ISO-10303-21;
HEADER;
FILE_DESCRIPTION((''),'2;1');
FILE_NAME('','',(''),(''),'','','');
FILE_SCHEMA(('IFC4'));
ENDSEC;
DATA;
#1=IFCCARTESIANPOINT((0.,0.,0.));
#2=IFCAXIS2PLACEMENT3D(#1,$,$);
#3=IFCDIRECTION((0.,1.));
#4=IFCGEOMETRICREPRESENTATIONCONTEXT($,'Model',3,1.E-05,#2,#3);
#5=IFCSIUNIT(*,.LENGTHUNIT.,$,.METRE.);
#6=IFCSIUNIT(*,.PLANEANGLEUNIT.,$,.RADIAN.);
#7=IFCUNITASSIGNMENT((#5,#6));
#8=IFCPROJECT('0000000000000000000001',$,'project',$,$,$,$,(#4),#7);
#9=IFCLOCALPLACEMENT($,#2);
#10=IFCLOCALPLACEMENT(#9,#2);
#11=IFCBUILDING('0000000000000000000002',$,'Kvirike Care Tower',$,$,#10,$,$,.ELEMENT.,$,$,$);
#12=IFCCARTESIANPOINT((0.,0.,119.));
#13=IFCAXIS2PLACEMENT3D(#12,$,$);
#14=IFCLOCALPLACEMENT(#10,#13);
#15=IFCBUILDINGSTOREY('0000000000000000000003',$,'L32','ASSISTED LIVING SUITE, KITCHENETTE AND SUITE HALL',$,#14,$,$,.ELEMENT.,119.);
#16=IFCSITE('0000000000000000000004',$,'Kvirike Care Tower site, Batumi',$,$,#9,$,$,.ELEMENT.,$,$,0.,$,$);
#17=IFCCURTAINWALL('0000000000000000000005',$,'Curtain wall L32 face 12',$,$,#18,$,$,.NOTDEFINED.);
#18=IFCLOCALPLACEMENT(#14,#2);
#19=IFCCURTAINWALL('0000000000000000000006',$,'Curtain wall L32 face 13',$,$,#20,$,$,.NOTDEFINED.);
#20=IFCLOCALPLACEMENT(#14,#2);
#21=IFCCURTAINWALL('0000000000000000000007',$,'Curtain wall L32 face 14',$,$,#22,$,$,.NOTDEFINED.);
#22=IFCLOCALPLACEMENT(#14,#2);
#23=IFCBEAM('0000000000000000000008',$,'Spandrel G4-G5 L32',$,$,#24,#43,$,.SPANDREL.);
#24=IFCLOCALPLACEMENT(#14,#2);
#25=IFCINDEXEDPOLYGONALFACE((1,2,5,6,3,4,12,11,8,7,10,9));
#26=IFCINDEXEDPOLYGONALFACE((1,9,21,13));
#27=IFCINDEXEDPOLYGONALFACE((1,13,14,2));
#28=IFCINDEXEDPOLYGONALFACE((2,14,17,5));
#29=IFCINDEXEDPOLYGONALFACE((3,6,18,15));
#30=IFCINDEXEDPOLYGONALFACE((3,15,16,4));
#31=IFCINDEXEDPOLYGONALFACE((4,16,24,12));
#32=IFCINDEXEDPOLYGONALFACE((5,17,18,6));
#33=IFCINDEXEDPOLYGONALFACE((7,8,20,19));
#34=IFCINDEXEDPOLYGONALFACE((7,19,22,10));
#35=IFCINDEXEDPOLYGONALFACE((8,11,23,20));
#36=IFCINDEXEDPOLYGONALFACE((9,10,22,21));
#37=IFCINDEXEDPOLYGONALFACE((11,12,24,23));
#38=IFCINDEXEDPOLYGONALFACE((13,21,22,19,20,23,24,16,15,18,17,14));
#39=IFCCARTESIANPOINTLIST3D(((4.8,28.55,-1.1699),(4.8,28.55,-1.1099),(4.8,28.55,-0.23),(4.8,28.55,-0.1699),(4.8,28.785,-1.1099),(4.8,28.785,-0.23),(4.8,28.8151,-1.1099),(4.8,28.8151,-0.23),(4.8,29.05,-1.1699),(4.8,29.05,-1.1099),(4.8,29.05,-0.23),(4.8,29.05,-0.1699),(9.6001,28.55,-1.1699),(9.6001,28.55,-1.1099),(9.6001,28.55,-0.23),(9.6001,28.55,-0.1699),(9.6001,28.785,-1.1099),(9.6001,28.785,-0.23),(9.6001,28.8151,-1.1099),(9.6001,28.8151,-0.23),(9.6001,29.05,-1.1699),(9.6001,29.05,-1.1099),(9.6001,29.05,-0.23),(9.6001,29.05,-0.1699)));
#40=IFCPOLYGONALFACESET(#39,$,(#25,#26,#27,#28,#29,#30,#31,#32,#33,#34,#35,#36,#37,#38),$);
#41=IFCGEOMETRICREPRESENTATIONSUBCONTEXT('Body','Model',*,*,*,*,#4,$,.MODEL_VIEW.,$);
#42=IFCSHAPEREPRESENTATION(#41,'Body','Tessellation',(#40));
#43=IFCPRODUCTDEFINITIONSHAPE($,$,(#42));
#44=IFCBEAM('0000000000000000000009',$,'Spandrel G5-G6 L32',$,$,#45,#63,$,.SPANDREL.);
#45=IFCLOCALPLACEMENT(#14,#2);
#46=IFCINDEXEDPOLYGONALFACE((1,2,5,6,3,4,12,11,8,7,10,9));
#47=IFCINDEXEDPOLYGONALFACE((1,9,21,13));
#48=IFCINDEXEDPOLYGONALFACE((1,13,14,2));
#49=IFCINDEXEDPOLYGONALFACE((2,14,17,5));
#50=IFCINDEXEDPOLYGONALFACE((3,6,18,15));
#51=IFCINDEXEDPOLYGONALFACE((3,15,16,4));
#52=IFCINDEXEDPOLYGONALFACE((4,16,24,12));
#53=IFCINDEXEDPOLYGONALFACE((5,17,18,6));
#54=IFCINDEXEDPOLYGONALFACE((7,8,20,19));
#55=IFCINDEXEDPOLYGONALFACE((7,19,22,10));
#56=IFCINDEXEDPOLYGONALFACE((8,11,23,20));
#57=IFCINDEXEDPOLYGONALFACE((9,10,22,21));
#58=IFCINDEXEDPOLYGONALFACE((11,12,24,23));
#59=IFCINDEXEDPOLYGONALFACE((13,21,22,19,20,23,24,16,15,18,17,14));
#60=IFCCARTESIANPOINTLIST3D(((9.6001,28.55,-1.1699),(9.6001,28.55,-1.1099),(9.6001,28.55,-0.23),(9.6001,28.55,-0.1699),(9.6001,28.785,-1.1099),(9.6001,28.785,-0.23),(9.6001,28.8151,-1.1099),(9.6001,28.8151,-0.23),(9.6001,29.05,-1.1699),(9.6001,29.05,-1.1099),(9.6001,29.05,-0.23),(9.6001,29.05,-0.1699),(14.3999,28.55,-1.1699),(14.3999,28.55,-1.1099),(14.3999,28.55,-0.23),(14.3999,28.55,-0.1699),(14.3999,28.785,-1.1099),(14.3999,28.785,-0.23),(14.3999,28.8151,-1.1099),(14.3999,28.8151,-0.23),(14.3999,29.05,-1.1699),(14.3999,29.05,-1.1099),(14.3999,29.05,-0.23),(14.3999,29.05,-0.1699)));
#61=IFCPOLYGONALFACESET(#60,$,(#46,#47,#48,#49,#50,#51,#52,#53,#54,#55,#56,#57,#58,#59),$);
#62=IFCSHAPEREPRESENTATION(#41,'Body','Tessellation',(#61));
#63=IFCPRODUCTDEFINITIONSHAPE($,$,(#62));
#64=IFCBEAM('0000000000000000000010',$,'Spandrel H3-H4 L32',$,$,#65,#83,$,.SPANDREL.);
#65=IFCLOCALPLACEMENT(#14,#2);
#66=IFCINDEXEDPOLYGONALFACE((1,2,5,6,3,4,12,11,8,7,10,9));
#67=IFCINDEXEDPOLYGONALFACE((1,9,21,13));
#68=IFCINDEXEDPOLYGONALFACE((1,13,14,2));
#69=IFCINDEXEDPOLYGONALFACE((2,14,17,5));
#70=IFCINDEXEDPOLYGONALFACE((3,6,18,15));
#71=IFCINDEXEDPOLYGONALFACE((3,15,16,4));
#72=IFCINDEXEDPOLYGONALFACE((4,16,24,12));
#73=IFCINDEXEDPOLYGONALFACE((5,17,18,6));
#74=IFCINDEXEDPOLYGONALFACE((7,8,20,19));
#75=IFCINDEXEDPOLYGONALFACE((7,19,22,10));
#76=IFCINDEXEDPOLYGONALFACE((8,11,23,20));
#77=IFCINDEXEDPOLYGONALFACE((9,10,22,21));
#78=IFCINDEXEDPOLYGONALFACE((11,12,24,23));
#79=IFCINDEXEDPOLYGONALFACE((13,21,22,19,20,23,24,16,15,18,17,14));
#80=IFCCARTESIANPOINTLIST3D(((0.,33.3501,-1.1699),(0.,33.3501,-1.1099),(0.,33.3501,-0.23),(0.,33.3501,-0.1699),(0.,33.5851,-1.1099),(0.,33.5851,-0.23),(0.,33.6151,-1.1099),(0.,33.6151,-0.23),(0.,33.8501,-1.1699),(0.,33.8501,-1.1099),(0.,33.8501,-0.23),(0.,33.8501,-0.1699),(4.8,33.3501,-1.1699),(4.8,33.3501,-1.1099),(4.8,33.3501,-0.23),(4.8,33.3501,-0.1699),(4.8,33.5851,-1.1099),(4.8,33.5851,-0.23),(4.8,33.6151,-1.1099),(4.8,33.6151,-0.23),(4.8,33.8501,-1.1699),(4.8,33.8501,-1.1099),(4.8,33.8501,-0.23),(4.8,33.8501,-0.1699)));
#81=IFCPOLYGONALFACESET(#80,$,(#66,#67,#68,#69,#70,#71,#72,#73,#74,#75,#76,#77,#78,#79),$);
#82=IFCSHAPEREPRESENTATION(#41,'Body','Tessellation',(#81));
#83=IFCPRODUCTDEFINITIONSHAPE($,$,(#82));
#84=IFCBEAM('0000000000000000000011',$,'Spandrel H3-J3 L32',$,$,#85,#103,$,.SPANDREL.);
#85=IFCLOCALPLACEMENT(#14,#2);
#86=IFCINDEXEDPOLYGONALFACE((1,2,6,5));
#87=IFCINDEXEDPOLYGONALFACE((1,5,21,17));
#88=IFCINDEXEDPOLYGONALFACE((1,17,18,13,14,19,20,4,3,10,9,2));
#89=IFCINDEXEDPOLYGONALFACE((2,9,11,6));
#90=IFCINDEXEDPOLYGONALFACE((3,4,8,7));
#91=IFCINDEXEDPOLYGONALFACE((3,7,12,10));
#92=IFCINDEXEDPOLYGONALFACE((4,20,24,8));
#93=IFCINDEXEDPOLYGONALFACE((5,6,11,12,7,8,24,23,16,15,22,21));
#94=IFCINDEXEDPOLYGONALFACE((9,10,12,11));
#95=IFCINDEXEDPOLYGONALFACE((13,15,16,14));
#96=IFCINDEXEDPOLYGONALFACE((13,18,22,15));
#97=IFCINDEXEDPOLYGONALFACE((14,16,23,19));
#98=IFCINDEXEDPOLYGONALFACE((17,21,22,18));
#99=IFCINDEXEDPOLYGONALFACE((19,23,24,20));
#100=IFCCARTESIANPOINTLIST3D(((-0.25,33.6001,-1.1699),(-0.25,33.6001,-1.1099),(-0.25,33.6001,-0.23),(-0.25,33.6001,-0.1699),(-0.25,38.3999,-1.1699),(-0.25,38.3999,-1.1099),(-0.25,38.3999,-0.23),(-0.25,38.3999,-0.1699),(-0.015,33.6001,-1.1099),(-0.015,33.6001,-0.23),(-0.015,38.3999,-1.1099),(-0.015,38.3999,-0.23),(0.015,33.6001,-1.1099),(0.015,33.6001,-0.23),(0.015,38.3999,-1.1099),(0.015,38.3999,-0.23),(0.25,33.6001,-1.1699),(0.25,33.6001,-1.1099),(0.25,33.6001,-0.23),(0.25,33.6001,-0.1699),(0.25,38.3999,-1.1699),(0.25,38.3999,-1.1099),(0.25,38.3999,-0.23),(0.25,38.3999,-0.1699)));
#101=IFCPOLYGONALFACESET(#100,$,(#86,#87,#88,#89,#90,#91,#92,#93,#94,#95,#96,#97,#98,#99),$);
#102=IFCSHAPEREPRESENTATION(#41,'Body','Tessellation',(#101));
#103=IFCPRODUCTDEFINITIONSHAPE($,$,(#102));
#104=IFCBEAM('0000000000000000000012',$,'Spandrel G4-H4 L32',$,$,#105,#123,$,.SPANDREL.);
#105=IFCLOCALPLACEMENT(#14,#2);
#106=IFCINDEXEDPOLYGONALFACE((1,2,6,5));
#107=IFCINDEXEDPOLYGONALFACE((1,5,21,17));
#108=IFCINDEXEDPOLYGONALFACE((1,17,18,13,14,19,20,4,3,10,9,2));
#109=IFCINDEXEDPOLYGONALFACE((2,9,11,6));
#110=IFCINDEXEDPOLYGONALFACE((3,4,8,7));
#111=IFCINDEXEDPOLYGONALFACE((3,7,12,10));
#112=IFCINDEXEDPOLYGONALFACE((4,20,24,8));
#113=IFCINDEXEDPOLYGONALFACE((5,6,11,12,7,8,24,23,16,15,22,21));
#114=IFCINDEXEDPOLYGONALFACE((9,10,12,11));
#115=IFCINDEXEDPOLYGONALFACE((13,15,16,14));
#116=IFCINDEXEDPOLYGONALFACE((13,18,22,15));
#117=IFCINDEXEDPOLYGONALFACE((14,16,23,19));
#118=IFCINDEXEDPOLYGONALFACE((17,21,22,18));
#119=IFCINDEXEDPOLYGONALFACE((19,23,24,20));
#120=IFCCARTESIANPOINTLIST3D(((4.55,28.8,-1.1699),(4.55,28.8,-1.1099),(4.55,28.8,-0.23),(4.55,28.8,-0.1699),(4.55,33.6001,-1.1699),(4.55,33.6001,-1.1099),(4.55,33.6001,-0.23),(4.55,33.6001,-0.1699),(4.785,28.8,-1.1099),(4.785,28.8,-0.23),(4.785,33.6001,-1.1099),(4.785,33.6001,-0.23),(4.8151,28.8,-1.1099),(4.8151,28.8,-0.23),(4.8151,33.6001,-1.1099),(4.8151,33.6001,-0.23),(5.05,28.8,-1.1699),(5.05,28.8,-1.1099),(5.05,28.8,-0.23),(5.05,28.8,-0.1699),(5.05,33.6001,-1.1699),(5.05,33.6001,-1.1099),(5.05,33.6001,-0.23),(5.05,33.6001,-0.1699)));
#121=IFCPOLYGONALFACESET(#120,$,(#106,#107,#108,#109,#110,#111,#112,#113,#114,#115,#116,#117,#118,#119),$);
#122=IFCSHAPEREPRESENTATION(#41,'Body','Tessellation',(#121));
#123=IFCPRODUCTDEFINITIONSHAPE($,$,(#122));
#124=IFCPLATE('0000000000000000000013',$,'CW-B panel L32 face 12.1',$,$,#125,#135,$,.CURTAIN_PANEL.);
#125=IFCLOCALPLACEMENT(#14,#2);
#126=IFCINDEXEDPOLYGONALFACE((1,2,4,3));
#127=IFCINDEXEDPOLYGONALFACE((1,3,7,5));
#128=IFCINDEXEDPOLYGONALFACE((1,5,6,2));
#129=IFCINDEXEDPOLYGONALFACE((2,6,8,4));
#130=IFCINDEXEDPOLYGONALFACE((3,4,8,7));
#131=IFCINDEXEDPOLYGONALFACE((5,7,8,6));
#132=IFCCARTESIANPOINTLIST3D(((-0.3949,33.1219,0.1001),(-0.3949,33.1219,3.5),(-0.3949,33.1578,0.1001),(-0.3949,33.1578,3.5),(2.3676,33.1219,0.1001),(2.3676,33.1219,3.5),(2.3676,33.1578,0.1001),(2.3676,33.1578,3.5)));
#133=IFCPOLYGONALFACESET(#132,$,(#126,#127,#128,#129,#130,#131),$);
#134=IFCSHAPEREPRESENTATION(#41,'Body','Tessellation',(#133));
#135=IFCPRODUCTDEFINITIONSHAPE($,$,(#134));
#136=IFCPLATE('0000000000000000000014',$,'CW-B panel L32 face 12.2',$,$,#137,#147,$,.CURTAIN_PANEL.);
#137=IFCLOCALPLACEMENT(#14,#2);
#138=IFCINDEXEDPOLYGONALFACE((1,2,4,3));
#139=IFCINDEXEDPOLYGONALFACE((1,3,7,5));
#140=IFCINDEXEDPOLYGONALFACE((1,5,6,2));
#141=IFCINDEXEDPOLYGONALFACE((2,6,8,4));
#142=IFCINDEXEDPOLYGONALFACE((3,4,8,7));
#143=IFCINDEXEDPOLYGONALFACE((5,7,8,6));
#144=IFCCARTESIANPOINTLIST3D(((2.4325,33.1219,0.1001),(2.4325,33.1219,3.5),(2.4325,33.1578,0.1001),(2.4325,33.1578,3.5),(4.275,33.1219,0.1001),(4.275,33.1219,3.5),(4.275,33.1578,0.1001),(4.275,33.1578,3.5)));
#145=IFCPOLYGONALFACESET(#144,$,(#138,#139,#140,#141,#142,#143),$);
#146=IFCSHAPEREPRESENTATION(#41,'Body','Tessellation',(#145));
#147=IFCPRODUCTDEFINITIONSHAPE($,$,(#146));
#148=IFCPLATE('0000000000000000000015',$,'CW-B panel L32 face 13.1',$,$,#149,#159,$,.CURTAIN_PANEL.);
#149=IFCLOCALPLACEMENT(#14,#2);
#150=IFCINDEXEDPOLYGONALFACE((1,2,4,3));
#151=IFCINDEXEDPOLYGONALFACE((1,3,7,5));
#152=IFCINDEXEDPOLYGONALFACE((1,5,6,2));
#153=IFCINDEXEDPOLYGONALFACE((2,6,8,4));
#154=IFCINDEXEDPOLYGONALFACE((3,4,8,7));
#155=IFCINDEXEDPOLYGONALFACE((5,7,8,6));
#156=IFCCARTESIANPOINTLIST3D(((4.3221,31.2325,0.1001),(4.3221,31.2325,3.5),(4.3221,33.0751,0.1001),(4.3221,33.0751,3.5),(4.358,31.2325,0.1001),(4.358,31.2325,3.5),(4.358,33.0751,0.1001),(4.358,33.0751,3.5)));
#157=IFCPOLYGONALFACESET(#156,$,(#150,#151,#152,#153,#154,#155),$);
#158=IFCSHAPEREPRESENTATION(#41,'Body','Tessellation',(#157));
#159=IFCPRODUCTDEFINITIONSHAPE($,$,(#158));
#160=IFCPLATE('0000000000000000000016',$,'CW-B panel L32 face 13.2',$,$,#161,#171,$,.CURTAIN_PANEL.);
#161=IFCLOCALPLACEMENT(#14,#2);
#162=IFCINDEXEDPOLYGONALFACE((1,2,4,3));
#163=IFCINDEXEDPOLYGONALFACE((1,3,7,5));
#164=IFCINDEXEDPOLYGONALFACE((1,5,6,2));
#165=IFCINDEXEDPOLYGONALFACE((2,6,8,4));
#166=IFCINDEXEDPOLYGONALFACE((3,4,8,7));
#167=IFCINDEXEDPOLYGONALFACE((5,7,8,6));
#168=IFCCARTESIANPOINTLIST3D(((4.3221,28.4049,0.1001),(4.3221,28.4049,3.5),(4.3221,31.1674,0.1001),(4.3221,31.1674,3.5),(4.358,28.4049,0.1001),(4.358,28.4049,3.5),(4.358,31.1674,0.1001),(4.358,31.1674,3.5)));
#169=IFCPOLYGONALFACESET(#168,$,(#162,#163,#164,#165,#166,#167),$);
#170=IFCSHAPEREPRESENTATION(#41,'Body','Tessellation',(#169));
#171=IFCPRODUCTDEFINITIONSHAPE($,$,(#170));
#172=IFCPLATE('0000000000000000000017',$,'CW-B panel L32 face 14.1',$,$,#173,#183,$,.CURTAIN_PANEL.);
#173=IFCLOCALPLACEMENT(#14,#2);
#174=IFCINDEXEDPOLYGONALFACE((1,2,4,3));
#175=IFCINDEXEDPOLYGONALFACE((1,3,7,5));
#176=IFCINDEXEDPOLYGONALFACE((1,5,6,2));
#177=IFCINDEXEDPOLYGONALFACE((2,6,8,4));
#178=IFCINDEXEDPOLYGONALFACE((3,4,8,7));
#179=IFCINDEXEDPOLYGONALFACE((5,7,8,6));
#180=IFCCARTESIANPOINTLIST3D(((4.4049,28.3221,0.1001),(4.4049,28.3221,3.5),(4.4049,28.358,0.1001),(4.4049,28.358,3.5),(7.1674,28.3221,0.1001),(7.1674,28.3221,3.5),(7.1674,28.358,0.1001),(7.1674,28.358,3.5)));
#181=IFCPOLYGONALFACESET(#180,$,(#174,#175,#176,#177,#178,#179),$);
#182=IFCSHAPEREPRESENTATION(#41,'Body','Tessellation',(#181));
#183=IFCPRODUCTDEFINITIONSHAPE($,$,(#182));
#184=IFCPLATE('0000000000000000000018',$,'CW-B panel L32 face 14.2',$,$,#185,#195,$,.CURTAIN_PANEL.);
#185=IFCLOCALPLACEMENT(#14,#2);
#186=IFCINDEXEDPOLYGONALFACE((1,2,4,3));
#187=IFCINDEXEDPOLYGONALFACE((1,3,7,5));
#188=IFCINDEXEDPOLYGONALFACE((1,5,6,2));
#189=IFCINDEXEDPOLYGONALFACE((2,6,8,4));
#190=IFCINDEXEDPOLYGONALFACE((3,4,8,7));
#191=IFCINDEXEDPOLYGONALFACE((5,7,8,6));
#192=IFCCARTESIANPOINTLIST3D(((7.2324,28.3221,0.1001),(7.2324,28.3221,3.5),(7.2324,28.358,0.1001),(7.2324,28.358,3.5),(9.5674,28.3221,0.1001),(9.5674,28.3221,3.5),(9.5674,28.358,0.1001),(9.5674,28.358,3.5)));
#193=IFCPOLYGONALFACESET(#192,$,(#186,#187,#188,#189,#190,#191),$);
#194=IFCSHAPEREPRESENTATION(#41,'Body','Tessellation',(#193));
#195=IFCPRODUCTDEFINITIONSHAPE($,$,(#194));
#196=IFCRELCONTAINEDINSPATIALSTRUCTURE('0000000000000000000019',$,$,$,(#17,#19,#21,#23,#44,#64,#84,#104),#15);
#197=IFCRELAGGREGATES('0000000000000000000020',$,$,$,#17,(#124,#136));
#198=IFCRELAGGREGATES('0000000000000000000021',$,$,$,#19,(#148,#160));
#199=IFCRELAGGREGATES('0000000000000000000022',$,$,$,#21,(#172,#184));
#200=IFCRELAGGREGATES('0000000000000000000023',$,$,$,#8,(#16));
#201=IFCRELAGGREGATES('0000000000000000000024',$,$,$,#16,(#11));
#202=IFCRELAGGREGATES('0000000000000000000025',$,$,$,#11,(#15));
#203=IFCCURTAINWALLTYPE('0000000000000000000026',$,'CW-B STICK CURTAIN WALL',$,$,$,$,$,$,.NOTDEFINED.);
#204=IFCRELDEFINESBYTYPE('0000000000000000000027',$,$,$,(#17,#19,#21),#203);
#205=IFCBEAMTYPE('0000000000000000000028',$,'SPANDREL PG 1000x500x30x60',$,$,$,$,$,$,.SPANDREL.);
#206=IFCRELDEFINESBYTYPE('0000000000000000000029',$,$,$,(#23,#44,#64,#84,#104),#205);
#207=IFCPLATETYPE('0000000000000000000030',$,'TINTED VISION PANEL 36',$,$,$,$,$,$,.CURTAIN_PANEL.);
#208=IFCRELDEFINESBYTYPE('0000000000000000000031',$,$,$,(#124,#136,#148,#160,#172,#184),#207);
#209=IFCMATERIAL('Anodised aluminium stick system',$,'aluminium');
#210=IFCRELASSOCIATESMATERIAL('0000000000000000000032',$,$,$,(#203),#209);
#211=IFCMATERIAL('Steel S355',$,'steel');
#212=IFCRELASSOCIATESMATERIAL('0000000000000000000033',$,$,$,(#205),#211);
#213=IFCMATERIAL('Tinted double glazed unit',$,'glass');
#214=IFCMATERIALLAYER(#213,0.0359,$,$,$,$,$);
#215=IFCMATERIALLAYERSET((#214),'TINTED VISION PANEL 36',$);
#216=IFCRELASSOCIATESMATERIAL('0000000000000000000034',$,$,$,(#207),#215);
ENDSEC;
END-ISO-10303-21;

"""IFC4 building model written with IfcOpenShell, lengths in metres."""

from ifc_helpers import new_model, si_unit, direction, frame, origin, origin_2d, place, context, subcontext, project, spatial, rectangle, i_section, extrude, material, layer, layer_set, material_profile, profile_set, type_object, element, aggregate, save


model = new_model("IFC4")

# Units and contexts
model_context = context("Model", 3, precision=1e-05, world=origin(), true_north=direction((0.0, 1.0)))
body_context = subcontext(model_context, "Body", "Model", "MODEL_VIEW")
ifc_project = project(units=[si_unit("LENGTHUNIT", "METRE"), si_unit("PLANEANGLEUNIT", "RADIAN")], contexts=[model_context])

# Site, building, storey
site_placement = place(None, origin())
site = spatial("IfcSite", under=ifc_project, at=site_placement, Name="Kvirike Care Tower site, Batumi", CompositionType="ELEMENT", RefElevation=0.0)
building_placement = place(site_placement, origin())
building = spatial("IfcBuilding", under=site, at=building_placement, Name="Kvirike Care Tower", CompositionType="ELEMENT")
storey_placement = place(building_placement, frame((0.0, 0.0, 119.0)))
storey = spatial("IfcBuildingStorey", under=building, at=storey_placement, Name="L32", Description="ASSISTED LIVING SUITE, KITCHENETTE AND SUITE HALL", CompositionType="ELEMENT", Elevation=119.0)

# Curtain walls
ifc_material_1 = material(Name="Anodised aluminium stick system", Category="aluminium")
curtain_wall_type = type_object("IfcCurtainWallType", Name="CW-B STICK CURTAIN WALL", PredefinedType="NOTDEFINED", material=ifc_material_1)
curtain_wall_1_placement = place(storey_placement, origin())
curtain_wall_1 = element("IfcCurtainWall", 1, at=curtain_wall_1_placement, inside=storey, type_object=curtain_wall_type, Name="Curtain wall L32 face 12", PredefinedType="NOTDEFINED")
curtain_wall_2_placement = place(storey_placement, origin())
curtain_wall_2 = element("IfcCurtainWall", 2, at=curtain_wall_2_placement, inside=storey, type_object=curtain_wall_type, Name="Curtain wall L32 face 13", PredefinedType="NOTDEFINED")
curtain_wall_3_placement = place(storey_placement, origin())
curtain_wall_3 = element("IfcCurtainWall", 3, at=curtain_wall_3_placement, inside=storey, type_object=curtain_wall_type, Name="Curtain wall L32 face 14", PredefinedType="NOTDEFINED")

# Beams
ifc_material_2 = material(Name="Steel S355", Category="steel")
ifc_material_profile_1 = material_profile(ifc_material_2, i_section(OverallWidth=0.5, OverallDepth=1.0, WebThickness=0.03, FlangeThickness=0.0601, at=origin_2d()), Name="PG 1000x500x30x60")
ifc_profile_set_1 = profile_set([ifc_material_profile_1], Name="Steel S355")
beam_type_1 = type_object("IfcBeamType", Name="SPANDREL PG 1000x500x30x60", PredefinedType="SPANDREL", material=ifc_profile_set_1)
beam_1_placement = place(storey_placement, frame((4.8, 28.8, -0.6699), z_axis=(1.0, 0.0, 0.0), x_axis=(0.0, 1.0, 0.0)))
element("IfcBeam", 4, at=beam_1_placement, inside=storey, type_object=beam_type_1, Name="Spandrel G4-G5 L32", PredefinedType="SPANDREL", context=body_context, shape_type="SweptSolid", body=[
    extrude(i_section(OverallWidth=0.5, OverallDepth=1.0, WebThickness=0.03, FlangeThickness=0.0601, at=origin_2d()), origin(), (0.0, 0.0, 1.0), 4.8),
])
beam_2_placement = place(storey_placement, frame((9.6001, 28.8, -0.6699), z_axis=(1.0, 0.0, 0.0), x_axis=(0.0, 1.0, 0.0)))
element("IfcBeam", 5, at=beam_2_placement, inside=storey, type_object=beam_type_1, Name="Spandrel G5-G6 L32", PredefinedType="SPANDREL", context=body_context, shape_type="SweptSolid", body=[
    extrude(i_section(OverallWidth=0.5, OverallDepth=1.0, WebThickness=0.03, FlangeThickness=0.0601, at=origin_2d()), origin(), (0.0, 0.0, 1.0), 4.7998),
])
beam_3_placement = place(storey_placement, frame((0.0, 33.6001, -0.6699), z_axis=(1.0, 0.0, 0.0), x_axis=(0.0, 1.0, 0.0)))
element("IfcBeam", 6, at=beam_3_placement, inside=storey, type_object=beam_type_1, Name="Spandrel H3-H4 L32", PredefinedType="SPANDREL", context=body_context, shape_type="SweptSolid", body=[
    extrude(i_section(OverallWidth=0.5, OverallDepth=1.0, WebThickness=0.03, FlangeThickness=0.0601, at=origin_2d()), origin(), (0.0, 0.0, 1.0), 4.8),
])
beam_4_placement = place(storey_placement, frame((0.0, 33.6001, -0.6699), z_axis=(0.0, 1.0, 0.0), x_axis=(-1.0, 0.0, 0.0)))
element("IfcBeam", 7, at=beam_4_placement, inside=storey, type_object=beam_type_1, Name="Spandrel H3-J3 L32", PredefinedType="SPANDREL", context=body_context, shape_type="SweptSolid", body=[
    extrude(i_section(OverallWidth=0.5, OverallDepth=1.0, WebThickness=0.03, FlangeThickness=0.0601, at=origin_2d()), origin(), (0.0, 0.0, 1.0), 4.7998),
])
beam_5_placement = place(storey_placement, frame((4.8, 28.8, -0.6699), z_axis=(0.0, 1.0, 0.0), x_axis=(-1.0, 0.0, 0.0)))
element("IfcBeam", 8, at=beam_5_placement, inside=storey, type_object=beam_type_1, Name="Spandrel G4-H4 L32", PredefinedType="SPANDREL", context=body_context, shape_type="SweptSolid", body=[
    extrude(i_section(OverallWidth=0.5, OverallDepth=1.0, WebThickness=0.03, FlangeThickness=0.0601, at=origin_2d()), origin(), (0.0, 0.0, 1.0), 4.8),
])

# Plates
ifc_material_3 = material(Name="Tinted double glazed unit", Category="glass")
ifc_layer_1 = layer(ifc_material_3, 0.0359)
ifc_layer_set_1 = layer_set([ifc_layer_1], Name="TINTED VISION PANEL 36")
plate_type = type_object("IfcPlateType", Name="TINTED VISION PANEL 36", PredefinedType="CURTAIN_PANEL", material=ifc_layer_set_1)
plate_1_placement = place(storey_placement, frame((0.9863, 33.1399, 0.1001), z_axis=(0.0, 0.0, 1.0), x_axis=(1.0, 0.0, 0.0)))
plate_1 = element("IfcPlate", 9, at=plate_1_placement, type_object=plate_type, Name="CW-B panel L32 face 12.1", PredefinedType="CURTAIN_PANEL", context=body_context, shape_type="SweptSolid", body=[
    extrude(rectangle(XDim=2.7625, YDim=0.0359, at=origin_2d()), origin(), (0.0, 0.0, 1.0), 3.3999),
])
plate_2_placement = place(storey_placement, frame((3.3538, 33.1399, 0.1001), z_axis=(0.0, 0.0, 1.0), x_axis=(1.0, 0.0, 0.0)))
plate_2 = element("IfcPlate", 10, at=plate_2_placement, type_object=plate_type, Name="CW-B panel L32 face 12.2", PredefinedType="CURTAIN_PANEL", context=body_context, shape_type="SweptSolid", body=[
    extrude(rectangle(XDim=1.8425, YDim=0.0359, at=origin_2d()), origin(), (0.0, 0.0, 1.0), 3.3999),
])
aggregate(curtain_wall_1, [plate_1, plate_2])
plate_3_placement = place(storey_placement, frame((4.3401, 32.1538, 0.1001), z_axis=(0.0, 0.0, 1.0), x_axis=(0.0, -1.0, 0.0)))
plate_3 = element("IfcPlate", 11, at=plate_3_placement, type_object=plate_type, Name="CW-B panel L32 face 13.1", PredefinedType="CURTAIN_PANEL", context=body_context, shape_type="SweptSolid", body=[
    extrude(rectangle(XDim=1.8425, YDim=0.0359, at=origin_2d()), origin(), (0.0, 0.0, 1.0), 3.3999),
])
plate_4_placement = place(storey_placement, frame((4.3401, 29.7861, 0.1001), z_axis=(0.0, 0.0, 1.0), x_axis=(0.0, -1.0, 0.0)))
plate_4 = element("IfcPlate", 12, at=plate_4_placement, type_object=plate_type, Name="CW-B panel L32 face 13.2", PredefinedType="CURTAIN_PANEL", context=body_context, shape_type="SweptSolid", body=[
    extrude(rectangle(XDim=2.7625, YDim=0.0359, at=origin_2d()), origin(), (0.0, 0.0, 1.0), 3.3999),
])
aggregate(curtain_wall_2, [plate_3, plate_4])
plate_5_placement = place(storey_placement, frame((5.7861, 28.3401, 0.1001), z_axis=(0.0, 0.0, 1.0), x_axis=(1.0, 0.0, 0.0)))
plate_5 = element("IfcPlate", 13, at=plate_5_placement, type_object=plate_type, Name="CW-B panel L32 face 14.1", PredefinedType="CURTAIN_PANEL", context=body_context, shape_type="SweptSolid", body=[
    extrude(rectangle(XDim=2.7625, YDim=0.0359, at=origin_2d()), origin(), (0.0, 0.0, 1.0), 3.3999),
])
plate_6_placement = place(storey_placement, frame((8.3999, 28.3401, 0.1001), z_axis=(0.0, 0.0, 1.0), x_axis=(1.0, 0.0, 0.0)))
plate_6 = element("IfcPlate", 14, at=plate_6_placement, type_object=plate_type, Name="CW-B panel L32 face 14.2", PredefinedType="CURTAIN_PANEL", context=body_context, shape_type="SweptSolid", body=[
    extrude(rectangle(XDim=2.335, YDim=0.0359, at=origin_2d()), origin(), (0.0, 0.0, 1.0), 3.3999),
])
aggregate(curtain_wall_3, [plate_5, plate_6])

save(model, "model.ifc")
